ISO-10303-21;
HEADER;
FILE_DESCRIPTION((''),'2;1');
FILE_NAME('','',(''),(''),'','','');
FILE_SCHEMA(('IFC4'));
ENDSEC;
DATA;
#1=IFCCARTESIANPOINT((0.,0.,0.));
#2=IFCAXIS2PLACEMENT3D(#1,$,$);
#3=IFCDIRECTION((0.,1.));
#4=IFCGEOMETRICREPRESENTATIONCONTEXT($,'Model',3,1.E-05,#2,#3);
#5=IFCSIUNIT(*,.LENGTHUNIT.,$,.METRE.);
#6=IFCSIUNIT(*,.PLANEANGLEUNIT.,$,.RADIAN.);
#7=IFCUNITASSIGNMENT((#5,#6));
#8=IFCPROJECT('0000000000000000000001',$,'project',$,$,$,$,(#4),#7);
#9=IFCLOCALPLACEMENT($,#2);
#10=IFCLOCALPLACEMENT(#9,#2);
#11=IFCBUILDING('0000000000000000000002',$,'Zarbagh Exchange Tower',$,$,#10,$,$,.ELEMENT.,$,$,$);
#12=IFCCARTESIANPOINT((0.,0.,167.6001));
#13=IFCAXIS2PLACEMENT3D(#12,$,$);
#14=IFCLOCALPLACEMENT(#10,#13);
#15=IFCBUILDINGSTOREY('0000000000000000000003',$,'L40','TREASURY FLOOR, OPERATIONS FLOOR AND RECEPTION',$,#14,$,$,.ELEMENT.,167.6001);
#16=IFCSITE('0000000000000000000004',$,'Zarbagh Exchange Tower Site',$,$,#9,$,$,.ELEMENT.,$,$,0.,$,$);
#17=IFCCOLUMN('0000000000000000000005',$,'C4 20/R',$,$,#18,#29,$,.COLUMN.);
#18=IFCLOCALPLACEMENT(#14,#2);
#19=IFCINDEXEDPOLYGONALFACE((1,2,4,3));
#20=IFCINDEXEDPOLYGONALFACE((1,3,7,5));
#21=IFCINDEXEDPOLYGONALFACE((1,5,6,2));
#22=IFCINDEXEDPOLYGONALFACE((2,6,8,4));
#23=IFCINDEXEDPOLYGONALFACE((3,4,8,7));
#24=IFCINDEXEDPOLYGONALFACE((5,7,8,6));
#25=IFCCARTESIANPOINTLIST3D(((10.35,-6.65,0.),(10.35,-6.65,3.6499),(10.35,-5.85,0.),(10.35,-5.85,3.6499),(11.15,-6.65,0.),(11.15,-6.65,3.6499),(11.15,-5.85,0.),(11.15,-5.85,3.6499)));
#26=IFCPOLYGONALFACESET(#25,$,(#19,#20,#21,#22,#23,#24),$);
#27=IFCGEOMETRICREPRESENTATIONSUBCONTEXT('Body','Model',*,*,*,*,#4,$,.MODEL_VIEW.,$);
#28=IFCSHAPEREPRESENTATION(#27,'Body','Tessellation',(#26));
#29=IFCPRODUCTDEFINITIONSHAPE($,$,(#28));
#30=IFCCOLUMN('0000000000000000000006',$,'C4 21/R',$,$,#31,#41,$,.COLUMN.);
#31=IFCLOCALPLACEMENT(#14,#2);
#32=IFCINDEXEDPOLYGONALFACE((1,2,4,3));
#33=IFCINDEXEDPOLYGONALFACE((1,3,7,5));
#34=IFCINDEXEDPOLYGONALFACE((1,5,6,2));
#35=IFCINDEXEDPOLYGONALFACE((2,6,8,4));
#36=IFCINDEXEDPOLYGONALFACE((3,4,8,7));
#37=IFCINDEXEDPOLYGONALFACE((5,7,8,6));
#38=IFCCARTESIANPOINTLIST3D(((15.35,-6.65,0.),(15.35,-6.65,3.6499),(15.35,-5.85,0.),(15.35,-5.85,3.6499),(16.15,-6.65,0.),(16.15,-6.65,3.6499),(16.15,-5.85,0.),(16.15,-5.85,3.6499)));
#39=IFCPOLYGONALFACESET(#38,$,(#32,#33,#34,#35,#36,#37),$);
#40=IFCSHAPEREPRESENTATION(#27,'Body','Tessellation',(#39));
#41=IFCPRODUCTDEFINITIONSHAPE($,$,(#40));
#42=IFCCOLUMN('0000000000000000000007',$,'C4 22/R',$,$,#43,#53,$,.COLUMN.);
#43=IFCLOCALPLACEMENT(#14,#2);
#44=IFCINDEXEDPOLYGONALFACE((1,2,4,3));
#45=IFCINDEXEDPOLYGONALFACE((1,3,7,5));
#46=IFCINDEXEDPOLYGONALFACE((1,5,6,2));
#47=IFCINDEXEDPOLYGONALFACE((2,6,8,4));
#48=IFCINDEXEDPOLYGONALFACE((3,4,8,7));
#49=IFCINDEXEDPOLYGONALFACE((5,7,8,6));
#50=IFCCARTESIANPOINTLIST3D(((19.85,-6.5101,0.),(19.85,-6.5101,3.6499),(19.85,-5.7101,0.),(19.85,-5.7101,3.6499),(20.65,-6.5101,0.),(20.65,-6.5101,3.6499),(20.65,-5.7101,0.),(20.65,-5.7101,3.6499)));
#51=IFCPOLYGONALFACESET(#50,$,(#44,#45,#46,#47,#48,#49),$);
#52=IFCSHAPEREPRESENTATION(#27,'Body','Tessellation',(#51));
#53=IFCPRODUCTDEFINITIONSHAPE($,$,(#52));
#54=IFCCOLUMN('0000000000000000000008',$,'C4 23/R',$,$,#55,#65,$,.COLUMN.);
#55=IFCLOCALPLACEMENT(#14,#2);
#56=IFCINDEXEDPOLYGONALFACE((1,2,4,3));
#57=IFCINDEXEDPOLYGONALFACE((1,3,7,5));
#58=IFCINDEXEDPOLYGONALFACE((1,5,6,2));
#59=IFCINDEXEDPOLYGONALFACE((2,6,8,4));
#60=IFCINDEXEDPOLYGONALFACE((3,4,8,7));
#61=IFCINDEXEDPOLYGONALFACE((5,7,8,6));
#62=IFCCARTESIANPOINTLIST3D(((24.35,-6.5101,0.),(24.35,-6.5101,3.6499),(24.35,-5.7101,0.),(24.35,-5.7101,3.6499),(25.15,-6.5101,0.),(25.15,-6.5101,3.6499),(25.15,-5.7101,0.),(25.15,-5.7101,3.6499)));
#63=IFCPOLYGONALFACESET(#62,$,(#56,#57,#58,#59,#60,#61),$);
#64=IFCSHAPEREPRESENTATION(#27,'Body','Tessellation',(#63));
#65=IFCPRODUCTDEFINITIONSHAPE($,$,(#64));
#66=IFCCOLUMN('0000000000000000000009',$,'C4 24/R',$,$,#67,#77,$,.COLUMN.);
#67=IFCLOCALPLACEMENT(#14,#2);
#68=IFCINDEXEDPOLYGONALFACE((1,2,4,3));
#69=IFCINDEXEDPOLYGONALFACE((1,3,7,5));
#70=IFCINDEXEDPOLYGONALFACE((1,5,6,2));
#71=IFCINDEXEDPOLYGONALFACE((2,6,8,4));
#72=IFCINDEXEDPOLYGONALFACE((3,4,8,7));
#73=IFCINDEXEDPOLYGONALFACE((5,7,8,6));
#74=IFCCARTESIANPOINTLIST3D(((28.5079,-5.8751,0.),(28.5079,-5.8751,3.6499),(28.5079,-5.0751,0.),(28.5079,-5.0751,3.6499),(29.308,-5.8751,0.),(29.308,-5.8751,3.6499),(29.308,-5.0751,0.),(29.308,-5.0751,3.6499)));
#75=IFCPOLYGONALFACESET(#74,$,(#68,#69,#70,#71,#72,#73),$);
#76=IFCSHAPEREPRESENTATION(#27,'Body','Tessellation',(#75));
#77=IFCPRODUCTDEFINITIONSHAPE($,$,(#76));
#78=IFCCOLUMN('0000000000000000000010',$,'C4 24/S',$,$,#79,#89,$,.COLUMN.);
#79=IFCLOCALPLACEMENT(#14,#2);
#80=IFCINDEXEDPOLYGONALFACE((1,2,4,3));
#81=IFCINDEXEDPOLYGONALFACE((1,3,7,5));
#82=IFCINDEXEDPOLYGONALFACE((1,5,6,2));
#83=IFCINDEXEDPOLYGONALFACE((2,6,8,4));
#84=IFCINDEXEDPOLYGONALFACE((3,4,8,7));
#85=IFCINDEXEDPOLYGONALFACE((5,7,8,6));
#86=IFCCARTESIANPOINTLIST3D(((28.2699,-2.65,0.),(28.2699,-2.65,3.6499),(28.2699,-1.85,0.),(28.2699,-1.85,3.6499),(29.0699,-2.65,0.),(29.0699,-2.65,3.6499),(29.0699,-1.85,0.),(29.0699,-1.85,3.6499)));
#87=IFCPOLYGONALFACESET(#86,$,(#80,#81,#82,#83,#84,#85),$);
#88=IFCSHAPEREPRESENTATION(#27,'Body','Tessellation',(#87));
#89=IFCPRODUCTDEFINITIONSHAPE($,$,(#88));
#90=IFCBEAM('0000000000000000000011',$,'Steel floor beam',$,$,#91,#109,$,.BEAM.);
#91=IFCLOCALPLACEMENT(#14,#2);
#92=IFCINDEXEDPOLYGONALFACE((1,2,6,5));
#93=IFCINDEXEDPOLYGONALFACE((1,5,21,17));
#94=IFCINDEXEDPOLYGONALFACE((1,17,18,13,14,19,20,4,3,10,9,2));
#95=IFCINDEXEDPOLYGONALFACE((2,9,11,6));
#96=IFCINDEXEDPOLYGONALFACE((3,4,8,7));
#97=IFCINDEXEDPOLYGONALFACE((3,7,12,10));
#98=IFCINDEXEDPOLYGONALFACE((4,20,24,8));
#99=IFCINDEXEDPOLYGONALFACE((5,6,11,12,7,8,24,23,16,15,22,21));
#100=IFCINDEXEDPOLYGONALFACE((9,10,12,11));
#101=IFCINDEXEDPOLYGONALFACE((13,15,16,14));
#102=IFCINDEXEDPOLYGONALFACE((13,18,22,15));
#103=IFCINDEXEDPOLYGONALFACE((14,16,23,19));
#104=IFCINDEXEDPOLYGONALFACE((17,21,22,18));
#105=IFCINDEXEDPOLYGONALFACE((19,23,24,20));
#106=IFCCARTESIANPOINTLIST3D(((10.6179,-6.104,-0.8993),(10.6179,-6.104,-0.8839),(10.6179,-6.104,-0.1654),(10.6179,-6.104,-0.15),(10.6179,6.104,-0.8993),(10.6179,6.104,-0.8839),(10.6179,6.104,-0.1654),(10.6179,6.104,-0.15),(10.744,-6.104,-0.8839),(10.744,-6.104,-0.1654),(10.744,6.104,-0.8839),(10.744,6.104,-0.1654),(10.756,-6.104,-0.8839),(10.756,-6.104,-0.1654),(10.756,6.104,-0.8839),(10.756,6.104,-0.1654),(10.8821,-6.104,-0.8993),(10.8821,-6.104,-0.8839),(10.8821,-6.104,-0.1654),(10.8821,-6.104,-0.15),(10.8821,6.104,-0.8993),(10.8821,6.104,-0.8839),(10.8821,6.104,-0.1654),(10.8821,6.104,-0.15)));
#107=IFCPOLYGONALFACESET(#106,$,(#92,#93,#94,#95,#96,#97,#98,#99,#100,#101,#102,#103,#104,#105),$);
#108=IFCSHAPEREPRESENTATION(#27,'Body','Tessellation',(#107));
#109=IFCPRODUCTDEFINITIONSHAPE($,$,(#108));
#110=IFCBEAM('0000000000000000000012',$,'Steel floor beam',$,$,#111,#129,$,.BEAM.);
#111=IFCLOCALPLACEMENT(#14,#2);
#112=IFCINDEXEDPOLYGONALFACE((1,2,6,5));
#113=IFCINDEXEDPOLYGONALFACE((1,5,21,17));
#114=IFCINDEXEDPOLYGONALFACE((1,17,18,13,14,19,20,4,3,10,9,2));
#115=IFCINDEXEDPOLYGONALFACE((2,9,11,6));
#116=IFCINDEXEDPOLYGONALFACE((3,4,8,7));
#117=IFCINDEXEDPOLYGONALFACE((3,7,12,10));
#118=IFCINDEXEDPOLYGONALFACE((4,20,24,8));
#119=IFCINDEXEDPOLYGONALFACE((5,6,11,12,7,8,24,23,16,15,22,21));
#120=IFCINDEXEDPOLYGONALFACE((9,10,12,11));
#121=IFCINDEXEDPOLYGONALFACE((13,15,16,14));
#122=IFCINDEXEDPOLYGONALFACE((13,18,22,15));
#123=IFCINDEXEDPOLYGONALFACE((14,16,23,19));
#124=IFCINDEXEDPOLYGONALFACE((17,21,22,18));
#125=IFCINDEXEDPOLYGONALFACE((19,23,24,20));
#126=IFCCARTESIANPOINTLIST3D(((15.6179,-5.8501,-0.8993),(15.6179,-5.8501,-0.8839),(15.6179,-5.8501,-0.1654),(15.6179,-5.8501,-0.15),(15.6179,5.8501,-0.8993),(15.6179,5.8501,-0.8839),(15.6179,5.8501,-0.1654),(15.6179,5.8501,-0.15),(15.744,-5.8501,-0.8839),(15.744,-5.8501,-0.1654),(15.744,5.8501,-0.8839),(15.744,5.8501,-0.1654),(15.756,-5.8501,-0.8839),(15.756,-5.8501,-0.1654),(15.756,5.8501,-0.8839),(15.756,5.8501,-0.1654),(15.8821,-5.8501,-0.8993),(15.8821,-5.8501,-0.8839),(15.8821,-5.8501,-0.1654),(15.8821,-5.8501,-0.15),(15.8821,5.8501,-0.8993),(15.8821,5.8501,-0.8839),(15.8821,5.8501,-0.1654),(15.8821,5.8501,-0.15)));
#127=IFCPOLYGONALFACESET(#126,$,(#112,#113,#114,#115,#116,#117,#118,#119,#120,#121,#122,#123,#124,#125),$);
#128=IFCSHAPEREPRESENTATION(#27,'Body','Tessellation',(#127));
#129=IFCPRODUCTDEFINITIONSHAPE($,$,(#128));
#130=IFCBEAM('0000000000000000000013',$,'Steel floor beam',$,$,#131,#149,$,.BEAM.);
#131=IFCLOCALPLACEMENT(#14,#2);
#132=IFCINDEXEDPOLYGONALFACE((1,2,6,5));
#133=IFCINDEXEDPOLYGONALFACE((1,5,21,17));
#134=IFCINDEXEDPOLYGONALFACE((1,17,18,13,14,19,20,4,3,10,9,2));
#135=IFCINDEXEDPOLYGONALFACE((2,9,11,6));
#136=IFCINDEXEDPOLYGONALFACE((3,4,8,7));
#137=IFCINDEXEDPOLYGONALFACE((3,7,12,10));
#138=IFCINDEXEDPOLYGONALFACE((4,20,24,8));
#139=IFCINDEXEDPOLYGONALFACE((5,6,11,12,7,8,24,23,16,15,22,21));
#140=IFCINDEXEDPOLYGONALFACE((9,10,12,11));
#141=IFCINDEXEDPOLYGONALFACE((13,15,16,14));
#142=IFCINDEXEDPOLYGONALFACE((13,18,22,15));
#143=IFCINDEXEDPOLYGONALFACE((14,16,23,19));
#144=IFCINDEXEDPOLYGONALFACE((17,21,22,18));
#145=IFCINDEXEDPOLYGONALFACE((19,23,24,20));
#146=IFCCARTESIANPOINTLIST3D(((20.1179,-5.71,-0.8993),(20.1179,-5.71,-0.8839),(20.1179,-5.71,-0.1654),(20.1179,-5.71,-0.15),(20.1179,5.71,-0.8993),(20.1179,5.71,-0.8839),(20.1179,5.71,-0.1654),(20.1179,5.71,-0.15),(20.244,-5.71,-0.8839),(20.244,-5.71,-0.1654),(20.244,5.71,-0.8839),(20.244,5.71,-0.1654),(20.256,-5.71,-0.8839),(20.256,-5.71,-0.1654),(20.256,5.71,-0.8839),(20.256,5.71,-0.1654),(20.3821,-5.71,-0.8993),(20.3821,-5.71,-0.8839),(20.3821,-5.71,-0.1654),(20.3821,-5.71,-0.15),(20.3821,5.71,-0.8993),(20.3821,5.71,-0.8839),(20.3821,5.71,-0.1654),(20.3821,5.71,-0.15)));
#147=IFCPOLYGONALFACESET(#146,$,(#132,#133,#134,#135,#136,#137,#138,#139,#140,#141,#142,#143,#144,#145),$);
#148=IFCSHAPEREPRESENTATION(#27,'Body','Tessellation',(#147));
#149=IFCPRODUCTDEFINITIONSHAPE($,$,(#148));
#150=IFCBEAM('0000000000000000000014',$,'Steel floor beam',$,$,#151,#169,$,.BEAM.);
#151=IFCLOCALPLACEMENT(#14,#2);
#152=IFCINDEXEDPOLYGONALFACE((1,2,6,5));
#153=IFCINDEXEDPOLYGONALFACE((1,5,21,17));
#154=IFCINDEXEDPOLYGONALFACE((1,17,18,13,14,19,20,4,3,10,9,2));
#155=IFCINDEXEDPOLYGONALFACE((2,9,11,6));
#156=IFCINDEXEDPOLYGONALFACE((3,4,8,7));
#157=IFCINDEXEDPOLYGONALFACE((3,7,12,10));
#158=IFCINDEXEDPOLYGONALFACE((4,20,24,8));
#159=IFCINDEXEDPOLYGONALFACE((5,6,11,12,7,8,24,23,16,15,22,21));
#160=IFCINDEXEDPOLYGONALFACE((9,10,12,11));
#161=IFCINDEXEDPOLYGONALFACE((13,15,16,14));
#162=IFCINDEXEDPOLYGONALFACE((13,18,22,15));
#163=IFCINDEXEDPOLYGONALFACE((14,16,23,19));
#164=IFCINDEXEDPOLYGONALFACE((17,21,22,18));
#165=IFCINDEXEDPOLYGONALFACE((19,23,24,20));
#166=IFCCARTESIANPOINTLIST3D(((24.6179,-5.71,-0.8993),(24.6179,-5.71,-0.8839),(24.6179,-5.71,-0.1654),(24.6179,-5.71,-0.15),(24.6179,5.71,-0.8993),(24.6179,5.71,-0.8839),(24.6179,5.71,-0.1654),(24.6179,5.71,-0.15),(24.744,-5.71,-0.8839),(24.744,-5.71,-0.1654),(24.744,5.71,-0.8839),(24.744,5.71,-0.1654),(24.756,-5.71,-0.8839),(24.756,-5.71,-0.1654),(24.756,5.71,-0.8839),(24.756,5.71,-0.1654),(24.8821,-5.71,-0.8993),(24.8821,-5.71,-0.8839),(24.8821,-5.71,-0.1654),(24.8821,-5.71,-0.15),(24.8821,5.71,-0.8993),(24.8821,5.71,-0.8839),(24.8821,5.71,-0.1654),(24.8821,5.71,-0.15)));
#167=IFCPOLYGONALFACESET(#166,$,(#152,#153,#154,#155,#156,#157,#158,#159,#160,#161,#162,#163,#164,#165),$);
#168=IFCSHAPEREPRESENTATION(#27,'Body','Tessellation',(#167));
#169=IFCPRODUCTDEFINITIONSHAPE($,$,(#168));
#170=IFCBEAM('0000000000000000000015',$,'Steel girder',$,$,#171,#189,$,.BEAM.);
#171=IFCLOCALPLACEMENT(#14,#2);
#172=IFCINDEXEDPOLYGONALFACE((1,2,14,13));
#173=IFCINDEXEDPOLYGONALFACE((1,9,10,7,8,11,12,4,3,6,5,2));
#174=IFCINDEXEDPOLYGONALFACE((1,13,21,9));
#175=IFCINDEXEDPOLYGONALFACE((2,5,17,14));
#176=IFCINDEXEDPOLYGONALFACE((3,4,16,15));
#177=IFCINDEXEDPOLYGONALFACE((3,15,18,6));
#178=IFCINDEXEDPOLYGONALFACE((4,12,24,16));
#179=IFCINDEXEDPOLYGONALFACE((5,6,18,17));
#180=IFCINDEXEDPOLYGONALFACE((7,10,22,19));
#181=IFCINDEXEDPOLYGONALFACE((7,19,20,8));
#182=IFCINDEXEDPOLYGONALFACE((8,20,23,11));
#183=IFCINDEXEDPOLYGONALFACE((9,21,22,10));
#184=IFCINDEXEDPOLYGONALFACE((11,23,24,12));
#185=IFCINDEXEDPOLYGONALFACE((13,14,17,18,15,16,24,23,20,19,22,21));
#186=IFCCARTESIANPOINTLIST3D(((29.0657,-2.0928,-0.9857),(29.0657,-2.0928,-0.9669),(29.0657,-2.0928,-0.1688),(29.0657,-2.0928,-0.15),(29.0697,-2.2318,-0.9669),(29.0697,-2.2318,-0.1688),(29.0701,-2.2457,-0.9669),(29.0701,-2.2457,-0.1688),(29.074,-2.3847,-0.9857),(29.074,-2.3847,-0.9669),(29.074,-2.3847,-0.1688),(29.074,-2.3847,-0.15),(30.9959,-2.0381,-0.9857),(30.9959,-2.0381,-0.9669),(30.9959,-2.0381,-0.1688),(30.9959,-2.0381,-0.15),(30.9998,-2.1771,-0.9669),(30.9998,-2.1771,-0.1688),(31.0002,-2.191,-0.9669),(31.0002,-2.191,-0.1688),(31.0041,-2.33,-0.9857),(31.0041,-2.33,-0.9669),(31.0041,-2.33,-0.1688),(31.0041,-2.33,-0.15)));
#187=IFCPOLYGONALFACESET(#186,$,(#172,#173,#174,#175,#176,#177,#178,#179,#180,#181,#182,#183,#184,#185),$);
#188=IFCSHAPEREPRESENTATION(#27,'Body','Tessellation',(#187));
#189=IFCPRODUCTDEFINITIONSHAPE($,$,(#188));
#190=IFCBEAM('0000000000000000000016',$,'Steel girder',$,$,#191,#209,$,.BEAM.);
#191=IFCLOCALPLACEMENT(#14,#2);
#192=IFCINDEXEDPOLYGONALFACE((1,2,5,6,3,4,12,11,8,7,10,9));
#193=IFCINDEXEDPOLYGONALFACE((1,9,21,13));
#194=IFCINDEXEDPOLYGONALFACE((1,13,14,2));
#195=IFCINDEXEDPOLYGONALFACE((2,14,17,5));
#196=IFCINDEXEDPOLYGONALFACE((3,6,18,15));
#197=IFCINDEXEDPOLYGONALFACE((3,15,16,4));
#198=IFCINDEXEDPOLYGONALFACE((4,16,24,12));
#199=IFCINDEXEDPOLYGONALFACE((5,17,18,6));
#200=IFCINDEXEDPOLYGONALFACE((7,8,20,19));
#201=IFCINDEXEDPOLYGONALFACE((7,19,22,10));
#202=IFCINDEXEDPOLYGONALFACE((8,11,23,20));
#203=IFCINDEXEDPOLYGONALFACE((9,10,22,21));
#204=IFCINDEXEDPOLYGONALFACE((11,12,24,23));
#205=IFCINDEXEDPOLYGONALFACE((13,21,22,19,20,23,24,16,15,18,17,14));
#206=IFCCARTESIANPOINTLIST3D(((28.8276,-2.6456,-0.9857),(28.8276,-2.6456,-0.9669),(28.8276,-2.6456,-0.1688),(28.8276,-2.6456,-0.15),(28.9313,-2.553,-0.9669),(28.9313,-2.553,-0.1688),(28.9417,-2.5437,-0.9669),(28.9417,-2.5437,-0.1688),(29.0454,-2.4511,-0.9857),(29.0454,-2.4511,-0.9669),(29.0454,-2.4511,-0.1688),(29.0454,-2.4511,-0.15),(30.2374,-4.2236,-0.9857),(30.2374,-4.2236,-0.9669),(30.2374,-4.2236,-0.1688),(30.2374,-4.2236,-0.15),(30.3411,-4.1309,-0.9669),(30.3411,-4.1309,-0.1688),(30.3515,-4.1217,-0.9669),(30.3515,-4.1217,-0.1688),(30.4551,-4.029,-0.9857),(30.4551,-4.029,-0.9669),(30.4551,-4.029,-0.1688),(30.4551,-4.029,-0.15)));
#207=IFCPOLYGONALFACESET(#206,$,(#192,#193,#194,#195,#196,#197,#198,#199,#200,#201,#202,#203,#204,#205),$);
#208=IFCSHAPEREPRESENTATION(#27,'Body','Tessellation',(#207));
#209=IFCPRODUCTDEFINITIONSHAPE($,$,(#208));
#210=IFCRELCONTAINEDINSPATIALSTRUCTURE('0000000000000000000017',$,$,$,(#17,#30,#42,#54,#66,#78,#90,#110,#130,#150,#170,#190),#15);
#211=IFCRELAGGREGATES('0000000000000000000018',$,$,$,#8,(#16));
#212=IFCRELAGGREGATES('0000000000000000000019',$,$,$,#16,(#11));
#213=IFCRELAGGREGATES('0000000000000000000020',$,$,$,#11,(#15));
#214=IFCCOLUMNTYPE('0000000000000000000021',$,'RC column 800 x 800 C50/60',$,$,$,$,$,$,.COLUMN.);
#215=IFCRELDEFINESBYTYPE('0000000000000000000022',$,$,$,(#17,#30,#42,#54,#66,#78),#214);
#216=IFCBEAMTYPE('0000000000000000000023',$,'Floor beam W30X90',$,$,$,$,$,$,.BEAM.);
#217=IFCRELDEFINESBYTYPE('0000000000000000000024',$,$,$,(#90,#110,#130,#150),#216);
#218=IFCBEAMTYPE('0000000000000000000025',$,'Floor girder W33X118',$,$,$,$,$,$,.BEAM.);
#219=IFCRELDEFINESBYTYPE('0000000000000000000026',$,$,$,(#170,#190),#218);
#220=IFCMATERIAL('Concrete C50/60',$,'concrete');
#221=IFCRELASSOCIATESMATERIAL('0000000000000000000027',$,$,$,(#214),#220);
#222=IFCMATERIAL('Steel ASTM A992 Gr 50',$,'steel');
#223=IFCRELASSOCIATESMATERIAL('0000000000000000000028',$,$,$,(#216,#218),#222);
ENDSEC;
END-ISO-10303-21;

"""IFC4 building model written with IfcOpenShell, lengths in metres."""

from ifc_helpers import new_model, si_unit, direction, frame, origin, origin_2d, place, context, subcontext, project, spatial, rectangle, i_section, extrude, material, material_profile, profile_set, type_object, element, save


model = new_model("IFC4")

# Units and contexts
model_context = context("Model", 3, precision=1e-05, world=origin(), true_north=direction((0.0, 1.0)))
body_context = subcontext(model_context, "Body", "Model", "MODEL_VIEW")
ifc_project = project(units=[si_unit("LENGTHUNIT", "METRE"), si_unit("PLANEANGLEUNIT", "RADIAN")], contexts=[model_context])

# Site, building, storey
site_placement = place(None, origin())
site = spatial("IfcSite", under=ifc_project, at=site_placement, Name="Zarbagh Exchange Tower Site", CompositionType="ELEMENT", RefElevation=0.0)
building_placement = place(site_placement, origin())
building = spatial("IfcBuilding", under=site, at=building_placement, Name="Zarbagh Exchange Tower", CompositionType="ELEMENT")
storey_placement = place(building_placement, frame((0.0, 0.0, 167.6001)))
storey = spatial("IfcBuildingStorey", under=building, at=storey_placement, Name="L40", Description="TREASURY FLOOR, OPERATIONS FLOOR AND RECEPTION", CompositionType="ELEMENT", Elevation=167.6001)

# Columns
ifc_material_1 = material(Name="Concrete C50/60", Category="concrete")
ifc_material_profile_1 = material_profile(ifc_material_1, rectangle(XDim=0.8, YDim=0.8, at=origin_2d()), Name="RC column 800 x 800 C50/60")
ifc_profile_set_1 = profile_set([ifc_material_profile_1], Name="Concrete C50/60")
column_type = type_object("IfcColumnType", Name="RC column 800 x 800 C50/60", PredefinedType="COLUMN", material=ifc_profile_set_1)
for number, where, z_axis, x_axis, name in (
    (1, (10.75, -6.25, 0.0), (0.0, 0.0, 1.0), (1.0, 0.0, 0.0), "C4 20/R"),
    (2, (15.75, -6.25, 0.0), (0.0, 0.0, 1.0), (1.0, 0.0, 0.0), "C4 21/R"),
    (3, (20.25, -6.1101, 0.0), (0.0, 0.0, 1.0), (1.0, 0.0, 0.0), "C4 22/R"),
    (4, (24.75, -6.1101, 0.0), (0.0, 0.0, 1.0), (1.0, 0.0, 0.0), "C4 23/R"),
    (5, (28.908, -5.4751, 0.0), (0.0, 0.0, 1.0), (1.0, 0.0, 0.0), "C4 24/R"),
    (6, (28.6699, -2.25, 0.0), (0.0, 0.0, 1.0), (1.0, 0.0, 0.0), "C4 24/S"),
):
    element("IfcColumn", number, at=place(storey_placement, frame(where, z_axis=z_axis, x_axis=x_axis)), inside=storey, type_object=column_type, Name=name, PredefinedType="COLUMN", context=body_context, shape_type="SweptSolid", body=[
        extrude(rectangle(XDim=0.8, YDim=0.8, at=origin_2d()), origin(), (0.0, 0.0, 1.0), 3.6499),
    ])

# Beams
ifc_material_2 = material(Name="Steel ASTM A992 Gr 50", Category="steel")
ifc_material_profile_2 = material_profile(ifc_material_2, i_section(OverallWidth=0.2642, OverallDepth=0.7493, WebThickness=0.012, FlangeThickness=0.0154, at=origin_2d()), Name="W30X90")
ifc_profile_set_2 = profile_set([ifc_material_profile_2], Name="Steel ASTM A992 Gr 50")
beam_type_1 = type_object("IfcBeamType", Name="Floor beam W30X90", PredefinedType="BEAM", material=ifc_profile_set_2)
beam_1_placement = place(storey_placement, frame((10.75, -6.104, -0.5247), z_axis=(0.0, 1.0, 0.0), x_axis=(-1.0, 0.0, 0.0)))
element("IfcBeam", 7, at=beam_1_placement, inside=storey, type_object=beam_type_1, Name="Steel floor beam", PredefinedType="BEAM", context=body_context, shape_type="SweptSolid", body=[
    extrude(i_section(OverallWidth=0.2642, OverallDepth=0.7493, WebThickness=0.012, FlangeThickness=0.0154, at=origin_2d()), origin(), (0.0, 0.0, 1.0), 12.208),
])
beam_2_placement = place(storey_placement, frame((15.75, -5.8501, -0.5247), z_axis=(0.0, 1.0, 0.0), x_axis=(-1.0, 0.0, 0.0)))
element("IfcBeam", 8, at=beam_2_placement, inside=storey, type_object=beam_type_1, Name="Steel floor beam", PredefinedType="BEAM", context=body_context, shape_type="SweptSolid", body=[
    extrude(i_section(OverallWidth=0.2642, OverallDepth=0.7493, WebThickness=0.012, FlangeThickness=0.0154, at=origin_2d()), origin(), (0.0, 0.0, 1.0), 11.7002),
])
for number, where, z_axis, x_axis, name in (
    (9, (20.25, -5.71, -0.5247), (0.0, 1.0, 0.0), (-1.0, 0.0, 0.0), "Steel floor beam"),
    (10, (24.75, -5.71, -0.5247), (0.0, 1.0, 0.0), (-1.0, 0.0, 0.0), "Steel floor beam"),
):
    element("IfcBeam", number, at=place(storey_placement, frame(where, z_axis=z_axis, x_axis=x_axis)), inside=storey, type_object=beam_type_1, Name=name, PredefinedType="BEAM", context=body_context, shape_type="SweptSolid", body=[
        extrude(i_section(OverallWidth=0.2642, OverallDepth=0.7493, WebThickness=0.012, FlangeThickness=0.0154, at=origin_2d()), origin(), (0.0, 0.0, 1.0), 11.4199),
    ])
ifc_material_profile_3 = material_profile(ifc_material_2, i_section(OverallWidth=0.292, OverallDepth=0.8357, WebThickness=0.0139, FlangeThickness=0.0188, at=origin_2d()), Name="W33X118")
ifc_profile_set_3 = profile_set([ifc_material_profile_3], Name="Steel ASTM A992 Gr 50")
beam_type_2 = type_object("IfcBeamType", Name="Floor girder W33X118", PredefinedType="BEAM", material=ifc_profile_set_3)
beam_3_placement = place(storey_placement, frame((31.0, -2.1841, -0.5679), z_axis=(-0.999599, -0.028322, 0.0), x_axis=(0.028322, -0.999599, 0.0)))
element("IfcBeam", 11, at=beam_3_placement, inside=storey, type_object=beam_type_2, Name="Steel girder", PredefinedType="BEAM", context=body_context, shape_type="SweptSolid", body=[
    extrude(i_section(OverallWidth=0.292, OverallDepth=0.8357, WebThickness=0.0139, FlangeThickness=0.0188, at=origin_2d()), origin(), (0.0, 0.0, 1.0), 1.9309),
])
beam_4_placement = place(storey_placement, frame((28.9365, -2.5483, -0.5679), z_axis=(0.666238, -0.745739, 0.0), x_axis=(0.745739, 0.666238, 0.0)))
element("IfcBeam", 12, at=beam_4_placement, inside=storey, type_object=beam_type_2, Name="Steel girder", PredefinedType="BEAM", context=body_context, shape_type="SweptSolid", body=[
    extrude(i_section(OverallWidth=0.292, OverallDepth=0.8357, WebThickness=0.0139, FlangeThickness=0.0188, at=origin_2d()), origin(), (0.0, 0.0, 1.0), 2.116),
])

save(model, "model.ifc")
